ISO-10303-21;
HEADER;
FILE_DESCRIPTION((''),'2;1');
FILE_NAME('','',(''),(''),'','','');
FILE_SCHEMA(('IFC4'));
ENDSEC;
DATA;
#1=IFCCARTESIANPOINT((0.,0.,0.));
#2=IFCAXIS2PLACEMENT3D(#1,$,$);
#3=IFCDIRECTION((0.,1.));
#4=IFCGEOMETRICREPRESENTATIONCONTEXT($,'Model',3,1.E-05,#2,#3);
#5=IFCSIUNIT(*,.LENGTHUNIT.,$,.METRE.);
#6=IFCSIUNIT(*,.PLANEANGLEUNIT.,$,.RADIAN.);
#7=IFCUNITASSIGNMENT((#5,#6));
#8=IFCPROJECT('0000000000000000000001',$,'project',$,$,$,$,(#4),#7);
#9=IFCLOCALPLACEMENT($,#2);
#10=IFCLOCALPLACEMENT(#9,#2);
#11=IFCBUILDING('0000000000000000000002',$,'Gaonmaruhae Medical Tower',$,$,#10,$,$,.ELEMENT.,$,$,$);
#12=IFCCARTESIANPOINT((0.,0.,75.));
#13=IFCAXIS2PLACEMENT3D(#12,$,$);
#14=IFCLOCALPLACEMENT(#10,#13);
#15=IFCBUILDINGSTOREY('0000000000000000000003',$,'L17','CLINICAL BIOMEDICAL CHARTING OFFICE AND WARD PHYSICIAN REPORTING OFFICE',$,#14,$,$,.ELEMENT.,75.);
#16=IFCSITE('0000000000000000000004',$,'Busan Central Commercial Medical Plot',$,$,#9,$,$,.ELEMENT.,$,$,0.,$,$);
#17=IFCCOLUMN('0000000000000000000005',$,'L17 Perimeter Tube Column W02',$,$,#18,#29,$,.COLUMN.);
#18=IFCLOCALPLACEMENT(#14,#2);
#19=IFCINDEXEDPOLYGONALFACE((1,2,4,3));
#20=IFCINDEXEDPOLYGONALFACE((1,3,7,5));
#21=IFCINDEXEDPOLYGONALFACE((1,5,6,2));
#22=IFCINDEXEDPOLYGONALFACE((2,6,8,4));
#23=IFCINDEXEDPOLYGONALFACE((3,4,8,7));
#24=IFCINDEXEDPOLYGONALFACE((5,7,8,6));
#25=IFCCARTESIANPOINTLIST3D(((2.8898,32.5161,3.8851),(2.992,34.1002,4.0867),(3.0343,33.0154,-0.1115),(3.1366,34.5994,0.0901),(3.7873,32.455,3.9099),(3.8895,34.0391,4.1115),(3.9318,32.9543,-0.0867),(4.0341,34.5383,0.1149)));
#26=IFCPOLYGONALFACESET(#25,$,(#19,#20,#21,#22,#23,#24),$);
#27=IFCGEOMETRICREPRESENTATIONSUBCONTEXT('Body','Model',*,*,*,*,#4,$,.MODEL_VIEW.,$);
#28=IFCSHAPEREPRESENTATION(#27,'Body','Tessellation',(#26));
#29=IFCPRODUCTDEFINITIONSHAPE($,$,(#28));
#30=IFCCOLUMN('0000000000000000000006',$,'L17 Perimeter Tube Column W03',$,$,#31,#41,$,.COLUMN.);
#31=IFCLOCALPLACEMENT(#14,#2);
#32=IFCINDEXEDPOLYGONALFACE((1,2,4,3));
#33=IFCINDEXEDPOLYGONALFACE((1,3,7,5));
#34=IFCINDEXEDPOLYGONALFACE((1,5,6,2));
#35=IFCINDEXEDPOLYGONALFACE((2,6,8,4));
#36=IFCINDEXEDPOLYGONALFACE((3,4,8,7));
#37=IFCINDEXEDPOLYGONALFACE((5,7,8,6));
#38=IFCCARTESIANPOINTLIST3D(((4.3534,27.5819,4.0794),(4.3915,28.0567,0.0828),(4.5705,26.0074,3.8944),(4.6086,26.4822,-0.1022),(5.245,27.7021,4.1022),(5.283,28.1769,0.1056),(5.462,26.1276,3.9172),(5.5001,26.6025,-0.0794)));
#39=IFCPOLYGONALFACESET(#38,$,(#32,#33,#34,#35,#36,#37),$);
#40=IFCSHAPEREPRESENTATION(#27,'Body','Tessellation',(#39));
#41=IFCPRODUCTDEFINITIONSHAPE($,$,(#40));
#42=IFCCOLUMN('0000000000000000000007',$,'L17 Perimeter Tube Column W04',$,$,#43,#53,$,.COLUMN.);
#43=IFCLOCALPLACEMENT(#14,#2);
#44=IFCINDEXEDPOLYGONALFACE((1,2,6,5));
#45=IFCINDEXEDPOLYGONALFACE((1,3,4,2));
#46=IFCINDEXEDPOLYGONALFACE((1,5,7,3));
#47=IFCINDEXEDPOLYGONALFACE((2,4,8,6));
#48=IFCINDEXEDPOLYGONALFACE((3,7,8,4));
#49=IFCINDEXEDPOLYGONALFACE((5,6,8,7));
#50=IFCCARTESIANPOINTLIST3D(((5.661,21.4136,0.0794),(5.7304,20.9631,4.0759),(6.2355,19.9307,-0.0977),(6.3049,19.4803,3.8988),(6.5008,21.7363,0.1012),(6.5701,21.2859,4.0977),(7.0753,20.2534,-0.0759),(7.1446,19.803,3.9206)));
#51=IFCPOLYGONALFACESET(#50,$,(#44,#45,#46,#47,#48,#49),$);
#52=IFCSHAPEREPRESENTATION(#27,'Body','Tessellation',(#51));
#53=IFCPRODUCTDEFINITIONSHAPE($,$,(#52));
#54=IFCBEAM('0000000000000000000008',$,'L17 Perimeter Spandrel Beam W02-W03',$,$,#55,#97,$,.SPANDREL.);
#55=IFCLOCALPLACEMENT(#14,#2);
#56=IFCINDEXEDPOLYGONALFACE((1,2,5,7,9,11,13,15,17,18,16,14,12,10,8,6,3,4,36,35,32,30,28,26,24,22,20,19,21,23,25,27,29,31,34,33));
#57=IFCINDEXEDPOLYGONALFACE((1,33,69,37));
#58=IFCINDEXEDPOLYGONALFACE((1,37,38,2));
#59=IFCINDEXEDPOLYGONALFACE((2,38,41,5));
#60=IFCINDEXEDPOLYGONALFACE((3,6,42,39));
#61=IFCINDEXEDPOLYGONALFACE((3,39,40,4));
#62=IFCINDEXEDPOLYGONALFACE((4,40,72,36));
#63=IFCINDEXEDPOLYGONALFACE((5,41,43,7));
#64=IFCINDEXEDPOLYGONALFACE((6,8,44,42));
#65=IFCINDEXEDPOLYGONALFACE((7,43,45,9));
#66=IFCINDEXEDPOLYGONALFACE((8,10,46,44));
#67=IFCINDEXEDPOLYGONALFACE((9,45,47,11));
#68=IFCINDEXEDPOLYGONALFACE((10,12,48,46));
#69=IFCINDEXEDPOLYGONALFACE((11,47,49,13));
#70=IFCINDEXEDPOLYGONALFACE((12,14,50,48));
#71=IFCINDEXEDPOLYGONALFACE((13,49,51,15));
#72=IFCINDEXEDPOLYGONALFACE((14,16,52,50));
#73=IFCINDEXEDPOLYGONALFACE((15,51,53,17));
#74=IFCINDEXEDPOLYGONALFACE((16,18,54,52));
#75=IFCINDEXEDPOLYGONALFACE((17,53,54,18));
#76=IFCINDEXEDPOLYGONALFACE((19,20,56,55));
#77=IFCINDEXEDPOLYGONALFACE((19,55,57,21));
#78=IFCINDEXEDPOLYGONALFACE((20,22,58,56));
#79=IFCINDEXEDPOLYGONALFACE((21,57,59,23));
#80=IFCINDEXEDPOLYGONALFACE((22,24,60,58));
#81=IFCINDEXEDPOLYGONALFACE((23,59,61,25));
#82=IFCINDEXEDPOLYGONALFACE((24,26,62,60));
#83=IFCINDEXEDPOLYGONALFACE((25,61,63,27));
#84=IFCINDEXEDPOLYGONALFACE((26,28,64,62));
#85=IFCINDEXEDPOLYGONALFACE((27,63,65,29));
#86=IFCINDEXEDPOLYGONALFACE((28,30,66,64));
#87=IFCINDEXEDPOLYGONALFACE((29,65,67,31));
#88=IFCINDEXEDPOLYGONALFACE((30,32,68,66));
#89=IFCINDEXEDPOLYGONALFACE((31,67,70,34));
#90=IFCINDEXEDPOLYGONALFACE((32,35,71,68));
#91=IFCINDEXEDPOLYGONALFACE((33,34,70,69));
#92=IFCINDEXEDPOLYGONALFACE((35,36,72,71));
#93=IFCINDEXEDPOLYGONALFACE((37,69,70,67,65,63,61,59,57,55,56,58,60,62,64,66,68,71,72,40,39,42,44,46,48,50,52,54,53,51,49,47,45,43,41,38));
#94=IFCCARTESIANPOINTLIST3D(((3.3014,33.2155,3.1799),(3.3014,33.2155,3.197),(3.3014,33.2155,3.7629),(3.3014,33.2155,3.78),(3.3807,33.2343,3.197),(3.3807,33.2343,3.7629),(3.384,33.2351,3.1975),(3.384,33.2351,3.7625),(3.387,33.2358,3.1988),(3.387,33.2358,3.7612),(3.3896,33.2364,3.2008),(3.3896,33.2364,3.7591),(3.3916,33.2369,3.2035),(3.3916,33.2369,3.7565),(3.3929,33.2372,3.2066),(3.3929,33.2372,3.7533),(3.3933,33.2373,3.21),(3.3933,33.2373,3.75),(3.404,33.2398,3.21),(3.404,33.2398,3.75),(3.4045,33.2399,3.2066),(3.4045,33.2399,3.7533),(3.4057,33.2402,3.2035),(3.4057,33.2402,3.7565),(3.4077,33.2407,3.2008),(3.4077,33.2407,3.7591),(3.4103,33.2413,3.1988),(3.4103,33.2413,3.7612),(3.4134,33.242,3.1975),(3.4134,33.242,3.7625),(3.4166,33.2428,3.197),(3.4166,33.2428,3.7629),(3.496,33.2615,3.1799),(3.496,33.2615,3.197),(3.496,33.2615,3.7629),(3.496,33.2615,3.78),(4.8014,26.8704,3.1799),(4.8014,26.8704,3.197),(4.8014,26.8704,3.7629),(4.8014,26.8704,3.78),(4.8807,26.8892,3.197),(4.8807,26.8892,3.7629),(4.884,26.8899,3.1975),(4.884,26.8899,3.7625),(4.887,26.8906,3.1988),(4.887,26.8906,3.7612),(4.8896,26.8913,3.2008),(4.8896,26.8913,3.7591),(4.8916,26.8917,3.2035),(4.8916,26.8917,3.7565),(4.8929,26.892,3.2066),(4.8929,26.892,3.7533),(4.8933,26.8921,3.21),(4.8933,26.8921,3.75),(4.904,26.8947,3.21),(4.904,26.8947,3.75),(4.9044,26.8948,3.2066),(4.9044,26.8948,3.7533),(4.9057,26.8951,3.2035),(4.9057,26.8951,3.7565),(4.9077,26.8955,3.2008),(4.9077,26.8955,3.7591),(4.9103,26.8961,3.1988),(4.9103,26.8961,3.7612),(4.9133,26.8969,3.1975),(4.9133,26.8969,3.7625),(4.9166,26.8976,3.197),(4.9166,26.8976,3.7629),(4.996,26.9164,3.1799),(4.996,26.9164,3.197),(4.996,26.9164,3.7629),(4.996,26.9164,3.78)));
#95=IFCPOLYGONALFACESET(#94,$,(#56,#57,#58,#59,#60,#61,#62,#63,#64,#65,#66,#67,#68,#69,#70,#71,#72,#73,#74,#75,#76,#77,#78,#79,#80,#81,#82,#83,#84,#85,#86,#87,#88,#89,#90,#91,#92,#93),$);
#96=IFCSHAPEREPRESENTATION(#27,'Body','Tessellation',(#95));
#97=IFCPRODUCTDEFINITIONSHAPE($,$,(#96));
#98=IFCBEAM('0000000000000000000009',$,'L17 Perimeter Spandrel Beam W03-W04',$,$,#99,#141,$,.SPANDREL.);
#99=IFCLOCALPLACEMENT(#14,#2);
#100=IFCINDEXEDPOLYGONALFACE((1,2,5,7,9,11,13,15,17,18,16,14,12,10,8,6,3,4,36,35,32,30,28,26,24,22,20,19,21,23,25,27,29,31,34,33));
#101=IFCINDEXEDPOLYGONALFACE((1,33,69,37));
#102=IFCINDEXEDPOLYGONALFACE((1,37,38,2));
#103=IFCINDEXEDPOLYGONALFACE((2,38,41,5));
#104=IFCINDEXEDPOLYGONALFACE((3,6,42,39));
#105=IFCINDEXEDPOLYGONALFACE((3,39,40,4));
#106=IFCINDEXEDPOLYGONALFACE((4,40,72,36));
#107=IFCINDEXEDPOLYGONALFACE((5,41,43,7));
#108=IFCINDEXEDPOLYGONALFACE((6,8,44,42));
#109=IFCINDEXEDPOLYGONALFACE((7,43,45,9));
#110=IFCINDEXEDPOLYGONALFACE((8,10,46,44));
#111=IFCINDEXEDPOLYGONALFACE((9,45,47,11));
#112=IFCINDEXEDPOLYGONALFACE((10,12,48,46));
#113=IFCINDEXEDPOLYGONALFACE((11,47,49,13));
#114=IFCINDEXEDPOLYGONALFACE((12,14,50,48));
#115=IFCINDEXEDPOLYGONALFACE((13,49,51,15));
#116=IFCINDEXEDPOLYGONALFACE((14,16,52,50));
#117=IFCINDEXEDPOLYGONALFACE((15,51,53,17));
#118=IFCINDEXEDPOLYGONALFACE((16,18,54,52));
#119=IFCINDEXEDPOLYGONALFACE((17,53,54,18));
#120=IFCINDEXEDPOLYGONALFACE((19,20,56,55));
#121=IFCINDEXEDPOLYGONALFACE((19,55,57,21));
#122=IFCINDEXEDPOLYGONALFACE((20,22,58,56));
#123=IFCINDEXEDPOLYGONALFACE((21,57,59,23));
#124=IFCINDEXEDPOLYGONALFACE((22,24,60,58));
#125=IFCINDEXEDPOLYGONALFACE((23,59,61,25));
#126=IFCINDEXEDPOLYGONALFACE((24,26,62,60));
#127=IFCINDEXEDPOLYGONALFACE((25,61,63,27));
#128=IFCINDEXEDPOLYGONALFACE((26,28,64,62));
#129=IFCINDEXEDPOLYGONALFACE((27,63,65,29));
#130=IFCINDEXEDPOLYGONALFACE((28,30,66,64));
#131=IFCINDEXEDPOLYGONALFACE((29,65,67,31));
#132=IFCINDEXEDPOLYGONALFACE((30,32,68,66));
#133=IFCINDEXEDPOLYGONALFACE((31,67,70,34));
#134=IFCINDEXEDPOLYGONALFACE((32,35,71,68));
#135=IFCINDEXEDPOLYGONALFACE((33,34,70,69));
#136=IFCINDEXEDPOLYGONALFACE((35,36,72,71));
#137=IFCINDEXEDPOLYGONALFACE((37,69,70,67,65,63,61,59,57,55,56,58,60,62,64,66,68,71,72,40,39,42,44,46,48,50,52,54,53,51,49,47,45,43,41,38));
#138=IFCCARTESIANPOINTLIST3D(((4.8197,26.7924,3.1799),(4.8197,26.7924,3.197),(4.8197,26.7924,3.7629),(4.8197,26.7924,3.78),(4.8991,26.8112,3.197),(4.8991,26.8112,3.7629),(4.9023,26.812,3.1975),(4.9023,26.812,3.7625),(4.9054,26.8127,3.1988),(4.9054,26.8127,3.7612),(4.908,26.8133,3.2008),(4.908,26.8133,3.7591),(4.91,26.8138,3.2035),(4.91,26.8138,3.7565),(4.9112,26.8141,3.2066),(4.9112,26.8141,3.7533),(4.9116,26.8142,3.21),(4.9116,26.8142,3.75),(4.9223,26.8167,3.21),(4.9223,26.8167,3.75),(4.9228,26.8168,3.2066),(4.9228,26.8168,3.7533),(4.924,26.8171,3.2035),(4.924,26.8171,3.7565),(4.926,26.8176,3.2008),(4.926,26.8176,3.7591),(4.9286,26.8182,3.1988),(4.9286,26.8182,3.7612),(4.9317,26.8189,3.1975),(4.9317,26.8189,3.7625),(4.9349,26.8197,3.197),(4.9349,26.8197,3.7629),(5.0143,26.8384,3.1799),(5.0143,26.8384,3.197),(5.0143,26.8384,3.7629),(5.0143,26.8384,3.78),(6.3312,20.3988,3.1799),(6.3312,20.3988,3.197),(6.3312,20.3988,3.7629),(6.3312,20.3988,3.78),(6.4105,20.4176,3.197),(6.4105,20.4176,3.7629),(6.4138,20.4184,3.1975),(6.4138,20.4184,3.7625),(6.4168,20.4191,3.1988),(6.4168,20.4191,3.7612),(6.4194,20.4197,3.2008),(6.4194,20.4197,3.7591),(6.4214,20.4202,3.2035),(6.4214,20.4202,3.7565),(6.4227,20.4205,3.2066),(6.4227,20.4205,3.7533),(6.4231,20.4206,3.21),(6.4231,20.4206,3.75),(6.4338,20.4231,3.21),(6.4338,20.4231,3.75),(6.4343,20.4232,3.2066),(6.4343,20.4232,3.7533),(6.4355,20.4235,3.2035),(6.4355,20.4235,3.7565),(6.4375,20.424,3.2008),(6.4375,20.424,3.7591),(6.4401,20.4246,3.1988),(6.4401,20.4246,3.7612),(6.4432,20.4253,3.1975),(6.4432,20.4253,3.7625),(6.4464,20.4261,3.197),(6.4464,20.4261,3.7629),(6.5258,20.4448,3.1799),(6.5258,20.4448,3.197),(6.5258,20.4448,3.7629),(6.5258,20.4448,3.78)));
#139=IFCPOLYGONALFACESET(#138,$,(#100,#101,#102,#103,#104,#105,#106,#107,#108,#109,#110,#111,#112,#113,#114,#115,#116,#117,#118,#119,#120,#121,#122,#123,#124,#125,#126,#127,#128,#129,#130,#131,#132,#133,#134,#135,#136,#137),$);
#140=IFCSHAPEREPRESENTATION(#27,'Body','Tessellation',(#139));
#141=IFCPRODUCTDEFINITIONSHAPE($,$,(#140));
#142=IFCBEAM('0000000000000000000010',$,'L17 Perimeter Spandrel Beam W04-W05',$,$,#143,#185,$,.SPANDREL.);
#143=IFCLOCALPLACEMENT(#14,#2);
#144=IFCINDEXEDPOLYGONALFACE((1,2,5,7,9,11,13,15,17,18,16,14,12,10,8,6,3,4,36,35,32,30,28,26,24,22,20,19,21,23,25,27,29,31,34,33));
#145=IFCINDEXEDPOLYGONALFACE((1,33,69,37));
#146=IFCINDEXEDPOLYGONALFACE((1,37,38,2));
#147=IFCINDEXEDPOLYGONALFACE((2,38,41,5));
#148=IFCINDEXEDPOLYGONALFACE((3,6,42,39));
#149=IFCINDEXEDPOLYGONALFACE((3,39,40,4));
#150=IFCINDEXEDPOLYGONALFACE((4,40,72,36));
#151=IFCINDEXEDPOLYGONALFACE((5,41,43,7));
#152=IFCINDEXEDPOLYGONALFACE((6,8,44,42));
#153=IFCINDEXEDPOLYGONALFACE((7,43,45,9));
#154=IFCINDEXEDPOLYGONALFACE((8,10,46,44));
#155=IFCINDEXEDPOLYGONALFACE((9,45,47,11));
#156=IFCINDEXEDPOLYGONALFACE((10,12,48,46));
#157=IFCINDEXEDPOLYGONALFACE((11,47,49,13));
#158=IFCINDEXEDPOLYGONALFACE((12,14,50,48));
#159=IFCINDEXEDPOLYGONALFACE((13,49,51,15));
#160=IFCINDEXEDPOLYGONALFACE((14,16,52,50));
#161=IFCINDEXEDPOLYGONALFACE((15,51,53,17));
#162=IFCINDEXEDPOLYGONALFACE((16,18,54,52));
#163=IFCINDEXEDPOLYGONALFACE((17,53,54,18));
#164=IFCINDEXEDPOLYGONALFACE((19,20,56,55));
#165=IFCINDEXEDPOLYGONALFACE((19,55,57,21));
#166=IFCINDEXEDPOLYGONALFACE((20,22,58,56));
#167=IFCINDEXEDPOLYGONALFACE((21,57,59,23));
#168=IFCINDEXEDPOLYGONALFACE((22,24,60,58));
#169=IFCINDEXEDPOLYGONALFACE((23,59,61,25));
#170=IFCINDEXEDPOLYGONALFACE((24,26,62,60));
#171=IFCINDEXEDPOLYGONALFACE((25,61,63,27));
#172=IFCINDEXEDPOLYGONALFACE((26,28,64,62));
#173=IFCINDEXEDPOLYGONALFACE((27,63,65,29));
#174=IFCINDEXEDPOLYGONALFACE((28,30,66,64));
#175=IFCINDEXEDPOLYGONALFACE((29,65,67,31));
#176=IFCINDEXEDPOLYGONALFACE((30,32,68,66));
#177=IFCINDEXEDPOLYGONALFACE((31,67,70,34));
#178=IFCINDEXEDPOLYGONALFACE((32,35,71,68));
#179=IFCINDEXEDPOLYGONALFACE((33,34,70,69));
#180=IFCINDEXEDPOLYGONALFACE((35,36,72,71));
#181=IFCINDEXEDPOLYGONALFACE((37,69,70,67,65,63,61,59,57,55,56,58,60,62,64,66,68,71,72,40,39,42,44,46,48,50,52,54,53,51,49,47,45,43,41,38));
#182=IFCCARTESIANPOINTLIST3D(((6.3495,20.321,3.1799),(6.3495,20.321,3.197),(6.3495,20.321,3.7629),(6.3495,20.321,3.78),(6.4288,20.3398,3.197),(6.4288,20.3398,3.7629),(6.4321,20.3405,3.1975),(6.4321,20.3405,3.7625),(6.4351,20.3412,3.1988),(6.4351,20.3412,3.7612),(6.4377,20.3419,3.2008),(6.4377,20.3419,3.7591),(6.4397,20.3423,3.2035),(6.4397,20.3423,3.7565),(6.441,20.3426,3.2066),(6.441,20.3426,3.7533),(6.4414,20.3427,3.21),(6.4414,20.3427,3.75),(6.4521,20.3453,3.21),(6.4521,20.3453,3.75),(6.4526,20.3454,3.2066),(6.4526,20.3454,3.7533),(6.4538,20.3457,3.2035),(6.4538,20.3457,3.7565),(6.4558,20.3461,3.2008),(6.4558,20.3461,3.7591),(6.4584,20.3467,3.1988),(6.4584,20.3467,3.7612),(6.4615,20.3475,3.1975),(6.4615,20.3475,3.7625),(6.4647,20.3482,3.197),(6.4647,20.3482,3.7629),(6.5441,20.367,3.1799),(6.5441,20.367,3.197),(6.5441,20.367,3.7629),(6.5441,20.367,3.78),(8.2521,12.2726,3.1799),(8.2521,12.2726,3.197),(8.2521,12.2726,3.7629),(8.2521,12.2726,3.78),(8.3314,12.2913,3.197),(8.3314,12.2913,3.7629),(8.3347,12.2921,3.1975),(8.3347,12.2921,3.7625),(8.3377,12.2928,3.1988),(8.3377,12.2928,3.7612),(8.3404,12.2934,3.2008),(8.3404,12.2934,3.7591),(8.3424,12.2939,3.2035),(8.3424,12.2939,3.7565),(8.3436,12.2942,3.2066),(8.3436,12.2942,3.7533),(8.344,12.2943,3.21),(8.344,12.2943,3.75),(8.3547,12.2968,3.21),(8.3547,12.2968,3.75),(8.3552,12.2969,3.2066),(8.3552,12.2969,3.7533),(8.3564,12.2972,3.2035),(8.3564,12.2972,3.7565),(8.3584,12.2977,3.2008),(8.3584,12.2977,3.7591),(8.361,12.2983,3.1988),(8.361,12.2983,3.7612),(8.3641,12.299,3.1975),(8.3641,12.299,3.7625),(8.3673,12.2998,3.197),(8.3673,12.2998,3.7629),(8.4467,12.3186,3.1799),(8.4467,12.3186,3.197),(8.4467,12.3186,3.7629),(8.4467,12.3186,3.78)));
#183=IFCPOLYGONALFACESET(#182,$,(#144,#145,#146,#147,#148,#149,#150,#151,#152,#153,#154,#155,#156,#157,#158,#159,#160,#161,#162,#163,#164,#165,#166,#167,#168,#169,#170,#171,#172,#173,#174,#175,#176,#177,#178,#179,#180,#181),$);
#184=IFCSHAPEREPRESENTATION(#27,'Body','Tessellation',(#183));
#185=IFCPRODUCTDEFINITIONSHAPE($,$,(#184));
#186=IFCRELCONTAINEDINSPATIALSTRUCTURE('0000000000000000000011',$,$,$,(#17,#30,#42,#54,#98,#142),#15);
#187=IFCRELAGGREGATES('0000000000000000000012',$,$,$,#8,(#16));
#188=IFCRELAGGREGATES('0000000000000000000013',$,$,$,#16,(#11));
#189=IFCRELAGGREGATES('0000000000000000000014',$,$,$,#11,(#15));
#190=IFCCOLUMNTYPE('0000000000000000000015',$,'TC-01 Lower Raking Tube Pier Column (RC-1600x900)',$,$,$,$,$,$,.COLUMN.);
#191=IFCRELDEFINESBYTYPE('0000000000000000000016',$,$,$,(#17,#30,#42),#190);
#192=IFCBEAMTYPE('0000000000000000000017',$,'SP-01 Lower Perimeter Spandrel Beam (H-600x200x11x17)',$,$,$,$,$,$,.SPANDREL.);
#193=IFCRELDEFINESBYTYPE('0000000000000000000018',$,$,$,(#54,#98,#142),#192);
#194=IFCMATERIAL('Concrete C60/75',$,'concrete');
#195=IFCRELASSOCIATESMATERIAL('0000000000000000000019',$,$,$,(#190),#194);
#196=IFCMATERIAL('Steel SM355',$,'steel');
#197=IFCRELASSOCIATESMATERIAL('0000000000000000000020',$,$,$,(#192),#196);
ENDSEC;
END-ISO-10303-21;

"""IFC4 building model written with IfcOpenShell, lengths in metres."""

from ifc_helpers import new_model, si_unit, direction, frame, origin, origin_2d, place, context, subcontext, project, spatial, rectangle, i_section, extrude, material, material_profile, profile_set, type_object, element, save


model = new_model("IFC4")

# Units and contexts
model_context = context("Model", 3, precision=1e-05, world=origin(), true_north=direction((0.0, 1.0)))
body_context = subcontext(model_context, "Body", "Model", "MODEL_VIEW")
ifc_project = project(units=[si_unit("LENGTHUNIT", "METRE"), si_unit("PLANEANGLEUNIT", "RADIAN")], contexts=[model_context])

# Site, building, storey
site_placement = place(None, origin())
site = spatial("IfcSite", under=ifc_project, at=site_placement, Name="Busan Central Commercial Medical Plot", CompositionType="ELEMENT", RefElevation=0.0)
building_placement = place(site_placement, origin())
building = spatial("IfcBuilding", under=site, at=building_placement, Name="Gaonmaruhae Medical Tower", CompositionType="ELEMENT")
storey_placement = place(building_placement, frame((0.0, 0.0, 75.0)))
storey = spatial("IfcBuildingStorey", under=building, at=storey_placement, Name="L17", Description="CLINICAL BIOMEDICAL CHARTING OFFICE AND WARD PHYSICIAN REPORTING OFFICE", CompositionType="ELEMENT", Elevation=75.0)

# Columns
ifc_material_1 = material(Name="Concrete C60/75", Category="concrete")
ifc_material_profile_1 = material_profile(ifc_material_1, rectangle(XDim=1.6001, YDim=0.8999, at=origin_2d()), Name="RC-1600x900")
ifc_profile_set_1 = profile_set([ifc_material_profile_1], Name="Concrete C60/75")
column_type = type_object("IfcColumnType", Name="TC-01 Lower Raking Tube Pier Column (RC-1600x900)", PredefinedType="COLUMN", material=ifc_profile_set_1)
column_1_placement = place(storey_placement, frame((3.5342, 33.7769, 0.0017), z_axis=(-0.035862, -0.12388, 0.991649), x_axis=(0.063919, 0.989971, 0.125982)))
element("IfcColumn", 1, at=column_1_placement, inside=storey, type_object=column_type, Name="L17 Perimeter Tube Column W02", PredefinedType="COLUMN", context=body_context, shape_type="SweptSolid", body=[
    extrude(rectangle(XDim=1.6001, YDim=0.8999, at=origin_2d()), origin(), (0.0, 0.0, 1.0), 4.0303),
])
column_2_placement = place(storey_placement, frame((4.9458, 27.3296, 0.0017), z_axis=(-0.009463, -0.11798, 0.992971), x_axis=(-0.135648, 0.983988, 0.11562)))
element("IfcColumn", 2, at=column_2_placement, inside=storey, type_object=column_type, Name="L17 Perimeter Tube Column W03", PredefinedType="COLUMN", context=body_context, shape_type="SweptSolid", body=[
    extrude(rectangle(XDim=1.6001, YDim=0.8999, at=origin_2d()), origin(), (0.0, 0.0, 1.0), 4.0249),
])
column_3_placement = place(storey_placement, frame((6.3682, 20.8335, 0.0017), z_axis=(0.017237, -0.11198, 0.993561), x_axis=(-0.359053, 0.926731, 0.110678)))
element("IfcColumn", 3, at=column_3_placement, inside=storey, type_object=column_type, Name="L17 Perimeter Tube Column W04", PredefinedType="COLUMN", context=body_context, shape_type="SweptSolid", body=[
    extrude(rectangle(XDim=1.6001, YDim=0.8999, at=origin_2d()), origin(), (0.0, 0.0, 1.0), 4.0225),
])

# Beams
ifc_material_2 = material(Name="Steel SM355", Category="steel")
ifc_material_profile_2 = material_profile(ifc_material_2, i_section(OverallWidth=0.2, OverallDepth=0.6001, WebThickness=0.011, FlangeThickness=0.0171, FilletRadius=0.0129, at=origin_2d()), Name="H-600x200x11x17")
ifc_profile_set_2 = profile_set([ifc_material_profile_2], Name="Steel SM355")
beam_type = type_object("IfcBeamType", Name="SP-01 Lower Perimeter Spandrel Beam (H-600x200x11x17)", PredefinedType="SPANDREL", material=ifc_profile_set_2)
beam_1_placement = place(storey_placement, frame((3.3987, 33.2385, 3.48), z_axis=(0.230058, -0.973177, 0.0), x_axis=(0.973177, 0.230058, 0.0)))
element("IfcBeam", 4, at=beam_1_placement, inside=storey, type_object=beam_type, Name="L17 Perimeter Spandrel Beam W02-W03", PredefinedType="SPANDREL", context=body_context, shape_type="SweptSolid", body=[
    extrude(i_section(OverallWidth=0.2, OverallDepth=0.6001, WebThickness=0.011, FlangeThickness=0.0171, FilletRadius=0.0129, at=origin_2d()), origin(), (0.0, 0.0, 1.0), 6.52),
])
beam_2_placement = place(storey_placement, frame((4.917, 26.8154, 3.48), z_axis=(0.230064, -0.973175, 0.0), x_axis=(0.973175, 0.230064, 0.0)))
element("IfcBeam", 5, at=beam_2_placement, inside=storey, type_object=beam_type, Name="L17 Perimeter Spandrel Beam W03-W04", PredefinedType="SPANDREL", context=body_context, shape_type="SweptSolid", body=[
    extrude(i_section(OverallWidth=0.2, OverallDepth=0.6001, WebThickness=0.011, FlangeThickness=0.0171, FilletRadius=0.0129, at=origin_2d()), origin(), (0.0, 0.0, 1.0), 6.5698),
])
beam_3_placement = place(storey_placement, frame((6.4468, 20.344, 3.48), z_axis=(0.230054, -0.973178, 0.0), x_axis=(0.973178, 0.230054, 0.0)))
element("IfcBeam", 6, at=beam_3_placement, inside=storey, type_object=beam_type, Name="L17 Perimeter Spandrel Beam W04-W05", PredefinedType="SPANDREL", context=body_context, shape_type="SweptSolid", body=[
    extrude(i_section(OverallWidth=0.2, OverallDepth=0.6001, WebThickness=0.011, FlangeThickness=0.0171, FilletRadius=0.0129, at=origin_2d()), origin(), (0.0, 0.0, 1.0), 8.2703),
])

save(model, "model.ifc")
